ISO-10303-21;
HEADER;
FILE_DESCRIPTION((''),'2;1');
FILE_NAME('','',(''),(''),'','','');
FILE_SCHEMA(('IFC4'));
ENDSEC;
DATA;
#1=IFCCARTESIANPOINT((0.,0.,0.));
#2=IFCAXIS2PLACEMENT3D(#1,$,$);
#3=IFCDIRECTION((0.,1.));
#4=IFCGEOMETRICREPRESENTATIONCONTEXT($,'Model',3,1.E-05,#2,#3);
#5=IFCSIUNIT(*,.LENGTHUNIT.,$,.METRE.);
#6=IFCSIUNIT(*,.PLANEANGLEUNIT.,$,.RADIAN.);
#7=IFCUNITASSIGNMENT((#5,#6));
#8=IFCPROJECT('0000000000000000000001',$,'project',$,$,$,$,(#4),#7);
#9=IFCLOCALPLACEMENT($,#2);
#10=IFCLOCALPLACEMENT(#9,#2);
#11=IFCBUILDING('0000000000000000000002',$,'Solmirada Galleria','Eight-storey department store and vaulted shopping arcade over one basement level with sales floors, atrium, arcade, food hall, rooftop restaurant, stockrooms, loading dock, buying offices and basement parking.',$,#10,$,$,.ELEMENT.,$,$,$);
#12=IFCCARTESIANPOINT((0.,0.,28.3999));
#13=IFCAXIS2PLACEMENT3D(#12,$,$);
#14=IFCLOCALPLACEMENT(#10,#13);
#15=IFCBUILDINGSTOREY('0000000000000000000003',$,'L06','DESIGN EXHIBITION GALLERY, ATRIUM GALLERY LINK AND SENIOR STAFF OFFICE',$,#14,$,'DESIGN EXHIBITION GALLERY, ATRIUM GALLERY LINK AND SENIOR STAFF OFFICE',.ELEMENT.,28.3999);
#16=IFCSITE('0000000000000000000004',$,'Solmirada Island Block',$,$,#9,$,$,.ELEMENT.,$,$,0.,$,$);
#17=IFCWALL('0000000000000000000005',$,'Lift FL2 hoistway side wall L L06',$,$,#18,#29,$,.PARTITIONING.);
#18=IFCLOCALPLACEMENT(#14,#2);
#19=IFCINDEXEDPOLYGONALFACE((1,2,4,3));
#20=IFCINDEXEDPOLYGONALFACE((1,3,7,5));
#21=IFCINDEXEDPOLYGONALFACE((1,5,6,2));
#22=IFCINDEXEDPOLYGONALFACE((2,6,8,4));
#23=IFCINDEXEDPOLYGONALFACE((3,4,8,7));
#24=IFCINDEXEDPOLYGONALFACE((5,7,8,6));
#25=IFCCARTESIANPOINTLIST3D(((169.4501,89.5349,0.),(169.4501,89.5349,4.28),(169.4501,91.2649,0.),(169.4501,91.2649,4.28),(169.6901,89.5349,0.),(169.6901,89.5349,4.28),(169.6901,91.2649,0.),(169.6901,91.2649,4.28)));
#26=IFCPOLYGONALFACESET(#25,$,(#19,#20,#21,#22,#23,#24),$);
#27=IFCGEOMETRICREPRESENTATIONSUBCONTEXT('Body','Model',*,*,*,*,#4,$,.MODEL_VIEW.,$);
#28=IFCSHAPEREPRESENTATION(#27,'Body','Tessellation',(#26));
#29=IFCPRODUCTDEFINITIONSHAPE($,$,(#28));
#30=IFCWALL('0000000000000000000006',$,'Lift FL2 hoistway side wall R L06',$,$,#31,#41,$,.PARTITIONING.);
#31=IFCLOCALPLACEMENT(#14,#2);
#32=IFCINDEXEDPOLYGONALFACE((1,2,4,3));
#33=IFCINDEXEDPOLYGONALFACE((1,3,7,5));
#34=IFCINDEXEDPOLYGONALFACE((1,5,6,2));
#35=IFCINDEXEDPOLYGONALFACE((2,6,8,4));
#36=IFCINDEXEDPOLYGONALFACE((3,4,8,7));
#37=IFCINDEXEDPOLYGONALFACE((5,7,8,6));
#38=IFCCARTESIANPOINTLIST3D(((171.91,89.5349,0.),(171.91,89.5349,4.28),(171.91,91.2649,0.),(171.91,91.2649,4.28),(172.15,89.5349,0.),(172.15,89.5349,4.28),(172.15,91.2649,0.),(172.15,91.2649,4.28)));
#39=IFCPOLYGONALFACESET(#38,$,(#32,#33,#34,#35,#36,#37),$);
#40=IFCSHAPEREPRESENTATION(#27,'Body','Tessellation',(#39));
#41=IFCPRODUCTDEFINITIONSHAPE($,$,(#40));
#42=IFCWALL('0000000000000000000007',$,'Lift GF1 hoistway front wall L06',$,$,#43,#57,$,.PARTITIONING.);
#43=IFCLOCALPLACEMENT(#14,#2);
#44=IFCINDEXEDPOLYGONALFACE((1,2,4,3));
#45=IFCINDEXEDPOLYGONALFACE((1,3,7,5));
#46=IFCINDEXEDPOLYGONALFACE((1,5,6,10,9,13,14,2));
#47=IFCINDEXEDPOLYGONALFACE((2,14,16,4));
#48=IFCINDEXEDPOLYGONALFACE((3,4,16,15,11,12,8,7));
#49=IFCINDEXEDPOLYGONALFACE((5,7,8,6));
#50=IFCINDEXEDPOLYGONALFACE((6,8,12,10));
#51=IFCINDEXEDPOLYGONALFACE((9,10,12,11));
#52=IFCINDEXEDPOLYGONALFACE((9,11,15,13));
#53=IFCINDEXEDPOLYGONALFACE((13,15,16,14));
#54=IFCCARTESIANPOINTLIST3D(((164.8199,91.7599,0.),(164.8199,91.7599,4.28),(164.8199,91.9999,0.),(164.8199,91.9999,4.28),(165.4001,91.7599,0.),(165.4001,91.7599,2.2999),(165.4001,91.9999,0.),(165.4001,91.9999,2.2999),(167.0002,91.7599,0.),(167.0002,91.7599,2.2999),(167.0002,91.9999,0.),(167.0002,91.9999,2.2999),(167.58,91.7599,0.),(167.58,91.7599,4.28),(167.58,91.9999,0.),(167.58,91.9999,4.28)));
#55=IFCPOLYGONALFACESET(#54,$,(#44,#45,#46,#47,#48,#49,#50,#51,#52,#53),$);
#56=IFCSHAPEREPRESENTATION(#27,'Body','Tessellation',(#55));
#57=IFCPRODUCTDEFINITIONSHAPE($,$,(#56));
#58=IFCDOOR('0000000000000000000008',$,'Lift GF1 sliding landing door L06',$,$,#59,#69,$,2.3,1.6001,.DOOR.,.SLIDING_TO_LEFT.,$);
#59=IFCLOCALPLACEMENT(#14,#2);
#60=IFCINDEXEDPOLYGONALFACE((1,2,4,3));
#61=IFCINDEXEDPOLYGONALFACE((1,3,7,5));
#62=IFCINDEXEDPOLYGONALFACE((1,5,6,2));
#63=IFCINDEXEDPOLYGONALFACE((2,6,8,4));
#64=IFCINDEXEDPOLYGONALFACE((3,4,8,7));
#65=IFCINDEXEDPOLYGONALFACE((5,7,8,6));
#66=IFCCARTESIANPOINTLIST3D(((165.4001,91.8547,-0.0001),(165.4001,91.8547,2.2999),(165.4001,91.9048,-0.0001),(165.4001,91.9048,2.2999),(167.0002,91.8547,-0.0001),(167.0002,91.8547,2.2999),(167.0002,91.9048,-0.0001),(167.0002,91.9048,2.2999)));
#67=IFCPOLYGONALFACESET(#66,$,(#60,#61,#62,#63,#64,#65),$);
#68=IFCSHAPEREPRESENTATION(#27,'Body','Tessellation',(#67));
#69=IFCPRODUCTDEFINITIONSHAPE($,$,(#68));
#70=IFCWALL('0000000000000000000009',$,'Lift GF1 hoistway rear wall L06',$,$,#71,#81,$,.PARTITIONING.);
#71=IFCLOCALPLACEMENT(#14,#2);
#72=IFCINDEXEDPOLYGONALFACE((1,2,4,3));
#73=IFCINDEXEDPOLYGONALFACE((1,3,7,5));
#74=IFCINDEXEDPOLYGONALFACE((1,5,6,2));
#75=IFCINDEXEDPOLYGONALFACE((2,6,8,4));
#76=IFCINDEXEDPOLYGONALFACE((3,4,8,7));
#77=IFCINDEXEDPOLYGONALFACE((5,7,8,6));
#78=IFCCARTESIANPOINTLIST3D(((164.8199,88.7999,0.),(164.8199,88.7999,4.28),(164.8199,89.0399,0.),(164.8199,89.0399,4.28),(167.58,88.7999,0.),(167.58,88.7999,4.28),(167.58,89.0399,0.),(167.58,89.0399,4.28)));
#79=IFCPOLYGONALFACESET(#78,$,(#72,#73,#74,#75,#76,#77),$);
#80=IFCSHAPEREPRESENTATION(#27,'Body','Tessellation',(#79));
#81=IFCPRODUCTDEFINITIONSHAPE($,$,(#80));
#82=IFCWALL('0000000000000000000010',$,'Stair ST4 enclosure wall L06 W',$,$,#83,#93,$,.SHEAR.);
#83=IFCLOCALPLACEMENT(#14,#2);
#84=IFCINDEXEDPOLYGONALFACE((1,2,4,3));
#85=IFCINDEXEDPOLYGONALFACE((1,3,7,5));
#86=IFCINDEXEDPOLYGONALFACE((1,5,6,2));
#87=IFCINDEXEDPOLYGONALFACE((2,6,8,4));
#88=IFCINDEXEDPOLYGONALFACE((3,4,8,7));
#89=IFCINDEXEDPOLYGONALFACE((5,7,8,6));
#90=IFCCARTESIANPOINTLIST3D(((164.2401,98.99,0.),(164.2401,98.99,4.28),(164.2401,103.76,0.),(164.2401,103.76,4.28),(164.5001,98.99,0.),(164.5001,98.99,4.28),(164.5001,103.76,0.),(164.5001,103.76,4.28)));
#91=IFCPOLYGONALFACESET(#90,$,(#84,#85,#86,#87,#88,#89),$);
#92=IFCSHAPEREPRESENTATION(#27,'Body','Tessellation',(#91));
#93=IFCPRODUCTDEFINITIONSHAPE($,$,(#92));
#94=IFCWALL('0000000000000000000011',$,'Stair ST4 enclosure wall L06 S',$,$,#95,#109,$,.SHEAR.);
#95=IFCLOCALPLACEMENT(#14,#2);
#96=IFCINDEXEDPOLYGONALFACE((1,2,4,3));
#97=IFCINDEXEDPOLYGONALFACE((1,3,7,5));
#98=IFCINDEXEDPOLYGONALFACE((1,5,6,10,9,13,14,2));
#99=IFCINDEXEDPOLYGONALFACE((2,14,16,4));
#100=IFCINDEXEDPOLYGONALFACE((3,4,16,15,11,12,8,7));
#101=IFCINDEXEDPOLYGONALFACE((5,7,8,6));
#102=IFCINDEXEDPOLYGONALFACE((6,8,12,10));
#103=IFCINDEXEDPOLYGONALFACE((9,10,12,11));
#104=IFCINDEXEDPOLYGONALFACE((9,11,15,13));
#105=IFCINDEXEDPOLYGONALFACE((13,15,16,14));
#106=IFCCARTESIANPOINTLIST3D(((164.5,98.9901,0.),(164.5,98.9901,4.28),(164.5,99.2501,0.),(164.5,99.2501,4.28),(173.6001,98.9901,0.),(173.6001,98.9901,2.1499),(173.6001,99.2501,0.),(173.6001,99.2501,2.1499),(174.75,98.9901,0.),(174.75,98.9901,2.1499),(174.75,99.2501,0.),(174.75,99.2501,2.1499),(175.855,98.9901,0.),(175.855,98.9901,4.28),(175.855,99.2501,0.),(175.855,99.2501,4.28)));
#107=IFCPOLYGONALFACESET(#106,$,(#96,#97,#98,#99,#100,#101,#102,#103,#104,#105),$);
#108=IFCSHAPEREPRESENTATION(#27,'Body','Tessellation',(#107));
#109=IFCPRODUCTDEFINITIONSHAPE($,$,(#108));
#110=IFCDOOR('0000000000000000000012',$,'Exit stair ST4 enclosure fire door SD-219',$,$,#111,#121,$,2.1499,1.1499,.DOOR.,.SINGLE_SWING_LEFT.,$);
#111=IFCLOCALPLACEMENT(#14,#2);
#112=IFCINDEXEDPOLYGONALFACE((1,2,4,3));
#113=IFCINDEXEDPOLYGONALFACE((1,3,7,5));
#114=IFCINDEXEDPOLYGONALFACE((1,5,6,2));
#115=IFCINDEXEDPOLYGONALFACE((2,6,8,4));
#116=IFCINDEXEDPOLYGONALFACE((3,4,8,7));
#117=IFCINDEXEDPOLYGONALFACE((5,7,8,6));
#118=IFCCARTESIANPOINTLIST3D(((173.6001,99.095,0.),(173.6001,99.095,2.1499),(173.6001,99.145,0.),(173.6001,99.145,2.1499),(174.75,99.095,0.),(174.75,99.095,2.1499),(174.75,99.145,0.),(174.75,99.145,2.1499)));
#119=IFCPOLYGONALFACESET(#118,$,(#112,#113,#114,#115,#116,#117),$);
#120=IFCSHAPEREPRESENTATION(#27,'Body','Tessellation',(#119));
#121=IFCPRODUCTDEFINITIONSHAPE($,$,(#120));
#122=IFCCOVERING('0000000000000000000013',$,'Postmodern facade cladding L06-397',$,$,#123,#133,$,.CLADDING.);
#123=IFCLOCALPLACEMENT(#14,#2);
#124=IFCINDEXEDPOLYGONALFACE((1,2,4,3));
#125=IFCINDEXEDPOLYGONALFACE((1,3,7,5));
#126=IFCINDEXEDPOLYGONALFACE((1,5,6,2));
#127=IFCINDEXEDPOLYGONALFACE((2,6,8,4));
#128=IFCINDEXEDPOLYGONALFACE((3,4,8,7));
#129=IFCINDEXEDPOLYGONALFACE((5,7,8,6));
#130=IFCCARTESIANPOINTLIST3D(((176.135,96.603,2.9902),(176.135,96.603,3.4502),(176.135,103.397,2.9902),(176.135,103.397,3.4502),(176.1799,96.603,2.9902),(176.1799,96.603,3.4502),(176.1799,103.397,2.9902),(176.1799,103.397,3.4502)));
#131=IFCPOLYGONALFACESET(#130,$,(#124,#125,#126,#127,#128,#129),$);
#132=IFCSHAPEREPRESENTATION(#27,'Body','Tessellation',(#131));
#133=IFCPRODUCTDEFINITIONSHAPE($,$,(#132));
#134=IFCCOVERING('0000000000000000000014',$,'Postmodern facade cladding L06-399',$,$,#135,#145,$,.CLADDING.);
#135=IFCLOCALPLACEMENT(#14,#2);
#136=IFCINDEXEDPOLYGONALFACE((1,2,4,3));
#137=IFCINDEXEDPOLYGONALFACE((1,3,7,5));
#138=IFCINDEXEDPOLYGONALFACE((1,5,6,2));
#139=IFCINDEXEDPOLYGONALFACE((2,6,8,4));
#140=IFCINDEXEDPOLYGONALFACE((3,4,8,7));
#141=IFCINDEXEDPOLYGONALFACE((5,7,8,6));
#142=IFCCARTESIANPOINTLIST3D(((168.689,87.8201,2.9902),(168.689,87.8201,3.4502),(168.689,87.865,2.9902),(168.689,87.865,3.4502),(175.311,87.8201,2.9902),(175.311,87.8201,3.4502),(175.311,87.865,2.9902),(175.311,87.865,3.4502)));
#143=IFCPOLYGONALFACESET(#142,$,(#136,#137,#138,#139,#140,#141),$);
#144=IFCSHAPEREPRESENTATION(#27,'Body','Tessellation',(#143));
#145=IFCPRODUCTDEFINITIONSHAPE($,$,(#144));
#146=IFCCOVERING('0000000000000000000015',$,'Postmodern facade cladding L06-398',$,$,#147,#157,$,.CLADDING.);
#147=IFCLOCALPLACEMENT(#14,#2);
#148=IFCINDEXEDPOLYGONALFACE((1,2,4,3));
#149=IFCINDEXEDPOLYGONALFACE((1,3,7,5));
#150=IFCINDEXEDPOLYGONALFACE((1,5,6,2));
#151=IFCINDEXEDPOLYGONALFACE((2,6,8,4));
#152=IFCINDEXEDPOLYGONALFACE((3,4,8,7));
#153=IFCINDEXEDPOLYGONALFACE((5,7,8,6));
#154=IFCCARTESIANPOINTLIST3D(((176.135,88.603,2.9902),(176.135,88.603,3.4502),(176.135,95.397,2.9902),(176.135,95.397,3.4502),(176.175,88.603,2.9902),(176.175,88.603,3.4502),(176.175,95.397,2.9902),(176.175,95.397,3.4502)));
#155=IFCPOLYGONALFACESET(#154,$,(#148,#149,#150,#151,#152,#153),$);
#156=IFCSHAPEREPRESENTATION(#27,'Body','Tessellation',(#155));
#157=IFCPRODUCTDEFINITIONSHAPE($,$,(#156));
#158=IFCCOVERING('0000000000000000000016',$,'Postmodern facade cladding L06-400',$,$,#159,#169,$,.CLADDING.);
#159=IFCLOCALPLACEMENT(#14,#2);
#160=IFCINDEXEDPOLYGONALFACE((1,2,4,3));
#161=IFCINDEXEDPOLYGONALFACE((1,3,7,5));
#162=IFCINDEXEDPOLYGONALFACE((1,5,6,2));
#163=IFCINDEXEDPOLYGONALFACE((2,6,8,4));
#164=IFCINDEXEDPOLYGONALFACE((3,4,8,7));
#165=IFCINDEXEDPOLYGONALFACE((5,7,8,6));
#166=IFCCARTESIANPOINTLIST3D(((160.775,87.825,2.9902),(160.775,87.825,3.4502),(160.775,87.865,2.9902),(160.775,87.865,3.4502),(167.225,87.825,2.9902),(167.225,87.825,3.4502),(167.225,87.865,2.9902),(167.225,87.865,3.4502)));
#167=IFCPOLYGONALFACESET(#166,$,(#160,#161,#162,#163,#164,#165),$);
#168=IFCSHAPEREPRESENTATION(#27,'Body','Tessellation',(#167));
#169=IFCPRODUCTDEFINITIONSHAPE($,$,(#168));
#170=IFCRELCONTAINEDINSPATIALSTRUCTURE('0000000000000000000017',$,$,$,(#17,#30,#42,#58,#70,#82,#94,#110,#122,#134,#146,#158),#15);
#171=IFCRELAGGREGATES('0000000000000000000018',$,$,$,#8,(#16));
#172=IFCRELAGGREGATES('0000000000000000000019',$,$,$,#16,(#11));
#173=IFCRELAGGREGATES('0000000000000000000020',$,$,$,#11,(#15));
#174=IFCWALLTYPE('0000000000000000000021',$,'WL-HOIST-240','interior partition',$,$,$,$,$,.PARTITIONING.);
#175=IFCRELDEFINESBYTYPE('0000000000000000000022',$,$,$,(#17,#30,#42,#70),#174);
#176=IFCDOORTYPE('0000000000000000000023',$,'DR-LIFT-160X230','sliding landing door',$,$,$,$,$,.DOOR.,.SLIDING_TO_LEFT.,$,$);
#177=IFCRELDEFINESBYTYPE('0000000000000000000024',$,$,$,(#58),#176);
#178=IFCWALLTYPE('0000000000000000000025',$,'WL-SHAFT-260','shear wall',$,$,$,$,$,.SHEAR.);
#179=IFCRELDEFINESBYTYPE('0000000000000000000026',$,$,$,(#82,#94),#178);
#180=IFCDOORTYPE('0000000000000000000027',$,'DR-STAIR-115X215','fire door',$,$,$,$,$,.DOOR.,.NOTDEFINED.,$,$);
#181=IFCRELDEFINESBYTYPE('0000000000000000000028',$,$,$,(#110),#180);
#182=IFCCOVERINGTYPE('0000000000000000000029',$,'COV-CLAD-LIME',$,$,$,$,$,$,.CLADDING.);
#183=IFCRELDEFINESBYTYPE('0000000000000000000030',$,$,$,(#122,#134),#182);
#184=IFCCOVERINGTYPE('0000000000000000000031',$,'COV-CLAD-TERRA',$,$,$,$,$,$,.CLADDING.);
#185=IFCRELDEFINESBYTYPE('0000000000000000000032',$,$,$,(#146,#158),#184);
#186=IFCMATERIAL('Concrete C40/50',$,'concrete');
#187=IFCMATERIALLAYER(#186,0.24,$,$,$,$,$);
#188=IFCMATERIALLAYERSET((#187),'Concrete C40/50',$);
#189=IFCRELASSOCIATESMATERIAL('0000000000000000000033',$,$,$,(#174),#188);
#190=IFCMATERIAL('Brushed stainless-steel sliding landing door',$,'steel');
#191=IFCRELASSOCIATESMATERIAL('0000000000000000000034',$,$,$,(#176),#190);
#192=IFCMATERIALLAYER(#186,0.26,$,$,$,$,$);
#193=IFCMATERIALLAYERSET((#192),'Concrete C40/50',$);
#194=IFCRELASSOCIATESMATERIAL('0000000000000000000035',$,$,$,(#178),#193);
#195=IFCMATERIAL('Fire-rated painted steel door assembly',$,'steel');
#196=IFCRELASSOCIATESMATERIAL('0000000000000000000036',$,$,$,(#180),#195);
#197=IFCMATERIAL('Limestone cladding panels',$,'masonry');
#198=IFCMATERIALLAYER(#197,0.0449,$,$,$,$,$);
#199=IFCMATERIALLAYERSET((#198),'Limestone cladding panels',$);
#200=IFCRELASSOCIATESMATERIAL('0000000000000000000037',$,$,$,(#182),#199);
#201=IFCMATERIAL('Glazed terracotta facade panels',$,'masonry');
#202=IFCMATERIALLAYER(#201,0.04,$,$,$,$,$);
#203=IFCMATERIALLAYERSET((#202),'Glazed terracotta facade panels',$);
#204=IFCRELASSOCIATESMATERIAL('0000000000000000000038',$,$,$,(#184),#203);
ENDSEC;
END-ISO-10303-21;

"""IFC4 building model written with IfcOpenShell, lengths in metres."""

from ifc_helpers import new_model, si_unit, direction, frame, frame_2d, origin, origin_2d, place, context, subcontext, project, spatial, rectangle, extrude, material, layer, layer_set, type_object, element, fill, save


model = new_model("IFC4")

# Units and contexts
model_context = context("Model", 3, precision=1e-05, world=origin(), true_north=direction((0.0, 1.0)))
body_context = subcontext(model_context, "Body", "Model", "MODEL_VIEW")
ifc_project = project(units=[si_unit("LENGTHUNIT", "METRE"), si_unit("PLANEANGLEUNIT", "RADIAN")], contexts=[model_context])

# Site, building, storey
site_placement = place(None, origin())
site = spatial("IfcSite", under=ifc_project, at=site_placement, Name="Solmirada Island Block", CompositionType="ELEMENT", RefElevation=0.0)
building_placement = place(site_placement, origin())
building = spatial("IfcBuilding", under=site, at=building_placement, Name="Solmirada Galleria", Description="Eight-storey department store and vaulted shopping arcade over one basement level with sales floors, atrium, arcade, food hall, rooftop restaurant, stockrooms, loading dock, buying offices and basement parking.", CompositionType="ELEMENT")
storey_placement = place(building_placement, frame((0.0, 0.0, 28.3999)))
storey = spatial("IfcBuildingStorey", under=building, at=storey_placement, Name="L06", Description="DESIGN EXHIBITION GALLERY, ATRIUM GALLERY LINK AND SENIOR STAFF OFFICE", LongName="DESIGN EXHIBITION GALLERY, ATRIUM GALLERY LINK AND SENIOR STAFF OFFICE", CompositionType="ELEMENT", Elevation=28.3999)

# Shared definitions
ifc_material_1 = material(Name="Concrete C40/50", Category="concrete")

# Shared definitions
ifc_layer_1 = layer(ifc_material_1, 0.24)
ifc_layer_set_1 = layer_set([ifc_layer_1], Name="Concrete C40/50")
wall_type_1 = type_object("IfcWallType", Name="WL-HOIST-240", Description="interior partition", PredefinedType="PARTITIONING", material=ifc_layer_set_1)
ifc_material_2 = material(Name="Brushed stainless-steel sliding landing door", Category="steel")

# Walls
for number, where, z_axis, x_axis, name in (
    (1, (169.5701, 89.5349, 0.0), (0.0, 0.0, 1.0), (0.0, 1.0, 0.0), "Lift FL2 hoistway side wall L L06"),
    (2, (172.03, 89.5349, 0.0), (0.0, 0.0, 1.0), (0.0, 1.0, 0.0), "Lift FL2 hoistway side wall R L06"),
):
    element("IfcWall", number, at=place(storey_placement, frame(where, z_axis=z_axis, x_axis=x_axis)), inside=storey, type_object=wall_type_1, Name=name, PredefinedType="PARTITIONING", context=body_context, shape_type="SweptSolid", body=[
        extrude(rectangle(XDim=1.73, YDim=0.24, at=frame_2d((0.865, 0.0))), origin(), (0.0, 0.0, 1.0), 4.28),
    ])

# Wall, opening, door
wall_1_placement = place(storey_placement, frame((164.8201, 91.8799, 0.0), z_axis=(0.0, 0.0, 1.0), x_axis=(1.0, 0.0, 0.0)))
wall_1 = element("IfcWall", 3, at=wall_1_placement, inside=storey, type_object=wall_type_1, Name="Lift GF1 hoistway front wall L06", PredefinedType="PARTITIONING", context=body_context, shape_type="SweptSolid", body=[
    extrude(rectangle(XDim=2.76, YDim=0.24, at=frame_2d((1.3799, 0.0))), origin(), (0.0, 0.0, 1.0), 4.28),
])
opening_1_placement = place(wall_1_placement, frame((0.5801, 0.0, 0.0)))
opening_1 = element("IfcOpeningElement", 4, at=opening_1_placement, cuts=wall_1, PredefinedType="OPENING", context=body_context, shape_type="SweptSolid", body=[
    extrude(rectangle(XDim=1.6001, YDim=2.3, at=frame_2d((0.8, 1.1499))), frame((0.0, 0.1299, 0.0), z_axis=(0.0, -1.0, 0.0), x_axis=(1.0, 0.0, 0.0)), (0.0, 0.0, 1.0), 0.26),
])
door_type_1 = type_object("IfcDoorType", Name="DR-LIFT-160X230", Description="sliding landing door", OperationType="SLIDING_TO_LEFT", PredefinedType="DOOR", material=ifc_material_2)
door_1_placement = place(opening_1_placement, origin())
door_1 = element("IfcDoor", 5, at=door_1_placement, inside=storey, type_object=door_type_1, Name="Lift GF1 sliding landing door L06", OperationType="SLIDING_TO_LEFT", OverallHeight=2.3, OverallWidth=1.6001, PredefinedType="DOOR", context=body_context, shape_type="SweptSolid", body=[
    extrude(rectangle(XDim=1.6001, YDim=2.3, at=frame_2d((0.8, 1.1499))), frame((0.0, 0.0249, 0.0), z_axis=(0.0, -1.0, 0.0), x_axis=(1.0, 0.0, 0.0)), (0.0, 0.0, 1.0), 0.05),
])
fill(opening_1, door_1)

# Wall
wall_2_placement = place(storey_placement, frame((164.8201, 88.9199, 0.0), z_axis=(0.0, 0.0, 1.0), x_axis=(1.0, 0.0, 0.0)))
element("IfcWall", 6, at=wall_2_placement, inside=storey, type_object=wall_type_1, Name="Lift GF1 hoistway rear wall L06", PredefinedType="PARTITIONING", context=body_context, shape_type="SweptSolid", body=[
    extrude(rectangle(XDim=2.76, YDim=0.24, at=frame_2d((1.3799, 0.0))), origin(), (0.0, 0.0, 1.0), 4.28),
])

# Shared definitions
ifc_material_3 = material(Name="Fire-rated painted steel door assembly", Category="steel")

# Wall
ifc_layer_2 = layer(ifc_material_1, 0.26)
ifc_layer_set_2 = layer_set([ifc_layer_2], Name="Concrete C40/50")
wall_type_2 = type_object("IfcWallType", Name="WL-SHAFT-260", Description="shear wall", PredefinedType="SHEAR", material=ifc_layer_set_2)
wall_3_placement = place(storey_placement, frame((164.3701, 98.99, 0.0), z_axis=(0.0, 0.0, 1.0), x_axis=(0.0, 1.0, 0.0)))
element("IfcWall", 7, at=wall_3_placement, inside=storey, type_object=wall_type_2, Name="Stair ST4 enclosure wall L06 W", PredefinedType="SHEAR", context=body_context, shape_type="SweptSolid", body=[
    extrude(rectangle(XDim=4.77, YDim=0.26, at=frame_2d((2.385, 0.0))), origin(), (0.0, 0.0, 1.0), 4.28),
])

# Wall, opening, door
wall_4_placement = place(storey_placement, frame((164.5, 99.1201, 0.0), z_axis=(0.0, 0.0, 1.0), x_axis=(1.0, 0.0, 0.0)))
wall_4 = element("IfcWall", 8, at=wall_4_placement, inside=storey, type_object=wall_type_2, Name="Stair ST4 enclosure wall L06 S", PredefinedType="SHEAR", context=body_context, shape_type="SweptSolid", body=[
    extrude(rectangle(XDim=11.355, YDim=0.26, at=frame_2d((5.6775, 0.0))), origin(), (0.0, 0.0, 1.0), 4.28),
])
opening_2_placement = place(wall_4_placement, frame((9.1001, 0.0, 0.0)))
opening_2 = element("IfcOpeningElement", 9, at=opening_2_placement, cuts=wall_4, PredefinedType="OPENING", context=body_context, shape_type="SweptSolid", body=[
    extrude(rectangle(XDim=1.1499, YDim=2.1499, at=frame_2d((0.575, 1.075))), frame((0.0, 0.1399, 0.0), z_axis=(0.0, -1.0, 0.0), x_axis=(1.0, 0.0, 0.0)), (0.0, 0.0, 1.0), 0.28),
])
door_type_2 = type_object("IfcDoorType", Name="DR-STAIR-115X215", Description="fire door", OperationType="NOTDEFINED", PredefinedType="DOOR", material=ifc_material_3)
door_2_placement = place(opening_2_placement, origin())
door_2 = element("IfcDoor", 10, at=door_2_placement, inside=storey, type_object=door_type_2, Name="Exit stair ST4 enclosure fire door SD-219", OperationType="SINGLE_SWING_LEFT", OverallHeight=2.1499, OverallWidth=1.1499, PredefinedType="DOOR", context=body_context, shape_type="SweptSolid", body=[
    extrude(rectangle(XDim=1.1499, YDim=2.1499, at=frame_2d((0.575, 1.075))), frame((0.0, 0.0249, 0.0), z_axis=(0.0, -1.0, 0.0), x_axis=(1.0, 0.0, 0.0)), (0.0, 0.0, 1.0), 0.05),
])
fill(opening_2, door_2)

# Coverings
ifc_material_4 = material(Name="Limestone cladding panels", Category="masonry")
ifc_layer_3 = layer(ifc_material_4, 0.0449)
ifc_layer_set_3 = layer_set([ifc_layer_3], Name="Limestone cladding panels")
covering_type_1 = type_object("IfcCoveringType", Name="COV-CLAD-LIME", PredefinedType="CLADDING", material=ifc_layer_set_3)
covering_1_placement = place(storey_placement, frame((176.1575, 100.0, 2.9902), z_axis=(0.0, 0.0, 1.0), x_axis=(0.0, -1.0, 0.0)))
element("IfcCovering", 11, at=covering_1_placement, inside=storey, type_object=covering_type_1, Name="Postmodern facade cladding L06-397", PredefinedType="CLADDING", context=body_context, shape_type="SweptSolid", body=[
    extrude(rectangle(XDim=6.7939, YDim=0.0449, at=origin_2d()), origin(), (0.0, 0.0, 1.0), 0.46),
])
covering_2_placement = place(storey_placement, frame((172.0, 87.8425, 2.9902), z_axis=(0.0, 0.0, 1.0), x_axis=(-1.0, 0.0, 0.0)))
element("IfcCovering", 12, at=covering_2_placement, inside=storey, type_object=covering_type_1, Name="Postmodern facade cladding L06-399", PredefinedType="CLADDING", context=body_context, shape_type="SweptSolid", body=[
    extrude(rectangle(XDim=6.6221, YDim=0.0449, at=origin_2d()), origin(), (0.0, 0.0, 1.0), 0.46),
])
ifc_material_5 = material(Name="Glazed terracotta facade panels", Category="masonry")
ifc_layer_4 = layer(ifc_material_5, 0.04)
ifc_layer_set_4 = layer_set([ifc_layer_4], Name="Glazed terracotta facade panels")
covering_type_2 = type_object("IfcCoveringType", Name="COV-CLAD-TERRA", PredefinedType="CLADDING", material=ifc_layer_set_4)
covering_3_placement = place(storey_placement, frame((176.155, 92.0, 2.9902), z_axis=(0.0, 0.0, 1.0), x_axis=(0.0, -1.0, 0.0)))
element("IfcCovering", 13, at=covering_3_placement, inside=storey, type_object=covering_type_2, Name="Postmodern facade cladding L06-398", PredefinedType="CLADDING", context=body_context, shape_type="SweptSolid", body=[
    extrude(rectangle(XDim=6.7939, YDim=0.04, at=origin_2d()), origin(), (0.0, 0.0, 1.0), 0.46),
])
covering_4_placement = place(storey_placement, frame((164.0, 87.845, 2.9902), z_axis=(0.0, 0.0, 1.0), x_axis=(-1.0, 0.0, 0.0)))
element("IfcCovering", 14, at=covering_4_placement, inside=storey, type_object=covering_type_2, Name="Postmodern facade cladding L06-400", PredefinedType="CLADDING", context=body_context, shape_type="SweptSolid", body=[
    extrude(rectangle(XDim=6.45, YDim=0.04, at=origin_2d()), origin(), (0.0, 0.0, 1.0), 0.46),
])

save(model, "model.ifc")
